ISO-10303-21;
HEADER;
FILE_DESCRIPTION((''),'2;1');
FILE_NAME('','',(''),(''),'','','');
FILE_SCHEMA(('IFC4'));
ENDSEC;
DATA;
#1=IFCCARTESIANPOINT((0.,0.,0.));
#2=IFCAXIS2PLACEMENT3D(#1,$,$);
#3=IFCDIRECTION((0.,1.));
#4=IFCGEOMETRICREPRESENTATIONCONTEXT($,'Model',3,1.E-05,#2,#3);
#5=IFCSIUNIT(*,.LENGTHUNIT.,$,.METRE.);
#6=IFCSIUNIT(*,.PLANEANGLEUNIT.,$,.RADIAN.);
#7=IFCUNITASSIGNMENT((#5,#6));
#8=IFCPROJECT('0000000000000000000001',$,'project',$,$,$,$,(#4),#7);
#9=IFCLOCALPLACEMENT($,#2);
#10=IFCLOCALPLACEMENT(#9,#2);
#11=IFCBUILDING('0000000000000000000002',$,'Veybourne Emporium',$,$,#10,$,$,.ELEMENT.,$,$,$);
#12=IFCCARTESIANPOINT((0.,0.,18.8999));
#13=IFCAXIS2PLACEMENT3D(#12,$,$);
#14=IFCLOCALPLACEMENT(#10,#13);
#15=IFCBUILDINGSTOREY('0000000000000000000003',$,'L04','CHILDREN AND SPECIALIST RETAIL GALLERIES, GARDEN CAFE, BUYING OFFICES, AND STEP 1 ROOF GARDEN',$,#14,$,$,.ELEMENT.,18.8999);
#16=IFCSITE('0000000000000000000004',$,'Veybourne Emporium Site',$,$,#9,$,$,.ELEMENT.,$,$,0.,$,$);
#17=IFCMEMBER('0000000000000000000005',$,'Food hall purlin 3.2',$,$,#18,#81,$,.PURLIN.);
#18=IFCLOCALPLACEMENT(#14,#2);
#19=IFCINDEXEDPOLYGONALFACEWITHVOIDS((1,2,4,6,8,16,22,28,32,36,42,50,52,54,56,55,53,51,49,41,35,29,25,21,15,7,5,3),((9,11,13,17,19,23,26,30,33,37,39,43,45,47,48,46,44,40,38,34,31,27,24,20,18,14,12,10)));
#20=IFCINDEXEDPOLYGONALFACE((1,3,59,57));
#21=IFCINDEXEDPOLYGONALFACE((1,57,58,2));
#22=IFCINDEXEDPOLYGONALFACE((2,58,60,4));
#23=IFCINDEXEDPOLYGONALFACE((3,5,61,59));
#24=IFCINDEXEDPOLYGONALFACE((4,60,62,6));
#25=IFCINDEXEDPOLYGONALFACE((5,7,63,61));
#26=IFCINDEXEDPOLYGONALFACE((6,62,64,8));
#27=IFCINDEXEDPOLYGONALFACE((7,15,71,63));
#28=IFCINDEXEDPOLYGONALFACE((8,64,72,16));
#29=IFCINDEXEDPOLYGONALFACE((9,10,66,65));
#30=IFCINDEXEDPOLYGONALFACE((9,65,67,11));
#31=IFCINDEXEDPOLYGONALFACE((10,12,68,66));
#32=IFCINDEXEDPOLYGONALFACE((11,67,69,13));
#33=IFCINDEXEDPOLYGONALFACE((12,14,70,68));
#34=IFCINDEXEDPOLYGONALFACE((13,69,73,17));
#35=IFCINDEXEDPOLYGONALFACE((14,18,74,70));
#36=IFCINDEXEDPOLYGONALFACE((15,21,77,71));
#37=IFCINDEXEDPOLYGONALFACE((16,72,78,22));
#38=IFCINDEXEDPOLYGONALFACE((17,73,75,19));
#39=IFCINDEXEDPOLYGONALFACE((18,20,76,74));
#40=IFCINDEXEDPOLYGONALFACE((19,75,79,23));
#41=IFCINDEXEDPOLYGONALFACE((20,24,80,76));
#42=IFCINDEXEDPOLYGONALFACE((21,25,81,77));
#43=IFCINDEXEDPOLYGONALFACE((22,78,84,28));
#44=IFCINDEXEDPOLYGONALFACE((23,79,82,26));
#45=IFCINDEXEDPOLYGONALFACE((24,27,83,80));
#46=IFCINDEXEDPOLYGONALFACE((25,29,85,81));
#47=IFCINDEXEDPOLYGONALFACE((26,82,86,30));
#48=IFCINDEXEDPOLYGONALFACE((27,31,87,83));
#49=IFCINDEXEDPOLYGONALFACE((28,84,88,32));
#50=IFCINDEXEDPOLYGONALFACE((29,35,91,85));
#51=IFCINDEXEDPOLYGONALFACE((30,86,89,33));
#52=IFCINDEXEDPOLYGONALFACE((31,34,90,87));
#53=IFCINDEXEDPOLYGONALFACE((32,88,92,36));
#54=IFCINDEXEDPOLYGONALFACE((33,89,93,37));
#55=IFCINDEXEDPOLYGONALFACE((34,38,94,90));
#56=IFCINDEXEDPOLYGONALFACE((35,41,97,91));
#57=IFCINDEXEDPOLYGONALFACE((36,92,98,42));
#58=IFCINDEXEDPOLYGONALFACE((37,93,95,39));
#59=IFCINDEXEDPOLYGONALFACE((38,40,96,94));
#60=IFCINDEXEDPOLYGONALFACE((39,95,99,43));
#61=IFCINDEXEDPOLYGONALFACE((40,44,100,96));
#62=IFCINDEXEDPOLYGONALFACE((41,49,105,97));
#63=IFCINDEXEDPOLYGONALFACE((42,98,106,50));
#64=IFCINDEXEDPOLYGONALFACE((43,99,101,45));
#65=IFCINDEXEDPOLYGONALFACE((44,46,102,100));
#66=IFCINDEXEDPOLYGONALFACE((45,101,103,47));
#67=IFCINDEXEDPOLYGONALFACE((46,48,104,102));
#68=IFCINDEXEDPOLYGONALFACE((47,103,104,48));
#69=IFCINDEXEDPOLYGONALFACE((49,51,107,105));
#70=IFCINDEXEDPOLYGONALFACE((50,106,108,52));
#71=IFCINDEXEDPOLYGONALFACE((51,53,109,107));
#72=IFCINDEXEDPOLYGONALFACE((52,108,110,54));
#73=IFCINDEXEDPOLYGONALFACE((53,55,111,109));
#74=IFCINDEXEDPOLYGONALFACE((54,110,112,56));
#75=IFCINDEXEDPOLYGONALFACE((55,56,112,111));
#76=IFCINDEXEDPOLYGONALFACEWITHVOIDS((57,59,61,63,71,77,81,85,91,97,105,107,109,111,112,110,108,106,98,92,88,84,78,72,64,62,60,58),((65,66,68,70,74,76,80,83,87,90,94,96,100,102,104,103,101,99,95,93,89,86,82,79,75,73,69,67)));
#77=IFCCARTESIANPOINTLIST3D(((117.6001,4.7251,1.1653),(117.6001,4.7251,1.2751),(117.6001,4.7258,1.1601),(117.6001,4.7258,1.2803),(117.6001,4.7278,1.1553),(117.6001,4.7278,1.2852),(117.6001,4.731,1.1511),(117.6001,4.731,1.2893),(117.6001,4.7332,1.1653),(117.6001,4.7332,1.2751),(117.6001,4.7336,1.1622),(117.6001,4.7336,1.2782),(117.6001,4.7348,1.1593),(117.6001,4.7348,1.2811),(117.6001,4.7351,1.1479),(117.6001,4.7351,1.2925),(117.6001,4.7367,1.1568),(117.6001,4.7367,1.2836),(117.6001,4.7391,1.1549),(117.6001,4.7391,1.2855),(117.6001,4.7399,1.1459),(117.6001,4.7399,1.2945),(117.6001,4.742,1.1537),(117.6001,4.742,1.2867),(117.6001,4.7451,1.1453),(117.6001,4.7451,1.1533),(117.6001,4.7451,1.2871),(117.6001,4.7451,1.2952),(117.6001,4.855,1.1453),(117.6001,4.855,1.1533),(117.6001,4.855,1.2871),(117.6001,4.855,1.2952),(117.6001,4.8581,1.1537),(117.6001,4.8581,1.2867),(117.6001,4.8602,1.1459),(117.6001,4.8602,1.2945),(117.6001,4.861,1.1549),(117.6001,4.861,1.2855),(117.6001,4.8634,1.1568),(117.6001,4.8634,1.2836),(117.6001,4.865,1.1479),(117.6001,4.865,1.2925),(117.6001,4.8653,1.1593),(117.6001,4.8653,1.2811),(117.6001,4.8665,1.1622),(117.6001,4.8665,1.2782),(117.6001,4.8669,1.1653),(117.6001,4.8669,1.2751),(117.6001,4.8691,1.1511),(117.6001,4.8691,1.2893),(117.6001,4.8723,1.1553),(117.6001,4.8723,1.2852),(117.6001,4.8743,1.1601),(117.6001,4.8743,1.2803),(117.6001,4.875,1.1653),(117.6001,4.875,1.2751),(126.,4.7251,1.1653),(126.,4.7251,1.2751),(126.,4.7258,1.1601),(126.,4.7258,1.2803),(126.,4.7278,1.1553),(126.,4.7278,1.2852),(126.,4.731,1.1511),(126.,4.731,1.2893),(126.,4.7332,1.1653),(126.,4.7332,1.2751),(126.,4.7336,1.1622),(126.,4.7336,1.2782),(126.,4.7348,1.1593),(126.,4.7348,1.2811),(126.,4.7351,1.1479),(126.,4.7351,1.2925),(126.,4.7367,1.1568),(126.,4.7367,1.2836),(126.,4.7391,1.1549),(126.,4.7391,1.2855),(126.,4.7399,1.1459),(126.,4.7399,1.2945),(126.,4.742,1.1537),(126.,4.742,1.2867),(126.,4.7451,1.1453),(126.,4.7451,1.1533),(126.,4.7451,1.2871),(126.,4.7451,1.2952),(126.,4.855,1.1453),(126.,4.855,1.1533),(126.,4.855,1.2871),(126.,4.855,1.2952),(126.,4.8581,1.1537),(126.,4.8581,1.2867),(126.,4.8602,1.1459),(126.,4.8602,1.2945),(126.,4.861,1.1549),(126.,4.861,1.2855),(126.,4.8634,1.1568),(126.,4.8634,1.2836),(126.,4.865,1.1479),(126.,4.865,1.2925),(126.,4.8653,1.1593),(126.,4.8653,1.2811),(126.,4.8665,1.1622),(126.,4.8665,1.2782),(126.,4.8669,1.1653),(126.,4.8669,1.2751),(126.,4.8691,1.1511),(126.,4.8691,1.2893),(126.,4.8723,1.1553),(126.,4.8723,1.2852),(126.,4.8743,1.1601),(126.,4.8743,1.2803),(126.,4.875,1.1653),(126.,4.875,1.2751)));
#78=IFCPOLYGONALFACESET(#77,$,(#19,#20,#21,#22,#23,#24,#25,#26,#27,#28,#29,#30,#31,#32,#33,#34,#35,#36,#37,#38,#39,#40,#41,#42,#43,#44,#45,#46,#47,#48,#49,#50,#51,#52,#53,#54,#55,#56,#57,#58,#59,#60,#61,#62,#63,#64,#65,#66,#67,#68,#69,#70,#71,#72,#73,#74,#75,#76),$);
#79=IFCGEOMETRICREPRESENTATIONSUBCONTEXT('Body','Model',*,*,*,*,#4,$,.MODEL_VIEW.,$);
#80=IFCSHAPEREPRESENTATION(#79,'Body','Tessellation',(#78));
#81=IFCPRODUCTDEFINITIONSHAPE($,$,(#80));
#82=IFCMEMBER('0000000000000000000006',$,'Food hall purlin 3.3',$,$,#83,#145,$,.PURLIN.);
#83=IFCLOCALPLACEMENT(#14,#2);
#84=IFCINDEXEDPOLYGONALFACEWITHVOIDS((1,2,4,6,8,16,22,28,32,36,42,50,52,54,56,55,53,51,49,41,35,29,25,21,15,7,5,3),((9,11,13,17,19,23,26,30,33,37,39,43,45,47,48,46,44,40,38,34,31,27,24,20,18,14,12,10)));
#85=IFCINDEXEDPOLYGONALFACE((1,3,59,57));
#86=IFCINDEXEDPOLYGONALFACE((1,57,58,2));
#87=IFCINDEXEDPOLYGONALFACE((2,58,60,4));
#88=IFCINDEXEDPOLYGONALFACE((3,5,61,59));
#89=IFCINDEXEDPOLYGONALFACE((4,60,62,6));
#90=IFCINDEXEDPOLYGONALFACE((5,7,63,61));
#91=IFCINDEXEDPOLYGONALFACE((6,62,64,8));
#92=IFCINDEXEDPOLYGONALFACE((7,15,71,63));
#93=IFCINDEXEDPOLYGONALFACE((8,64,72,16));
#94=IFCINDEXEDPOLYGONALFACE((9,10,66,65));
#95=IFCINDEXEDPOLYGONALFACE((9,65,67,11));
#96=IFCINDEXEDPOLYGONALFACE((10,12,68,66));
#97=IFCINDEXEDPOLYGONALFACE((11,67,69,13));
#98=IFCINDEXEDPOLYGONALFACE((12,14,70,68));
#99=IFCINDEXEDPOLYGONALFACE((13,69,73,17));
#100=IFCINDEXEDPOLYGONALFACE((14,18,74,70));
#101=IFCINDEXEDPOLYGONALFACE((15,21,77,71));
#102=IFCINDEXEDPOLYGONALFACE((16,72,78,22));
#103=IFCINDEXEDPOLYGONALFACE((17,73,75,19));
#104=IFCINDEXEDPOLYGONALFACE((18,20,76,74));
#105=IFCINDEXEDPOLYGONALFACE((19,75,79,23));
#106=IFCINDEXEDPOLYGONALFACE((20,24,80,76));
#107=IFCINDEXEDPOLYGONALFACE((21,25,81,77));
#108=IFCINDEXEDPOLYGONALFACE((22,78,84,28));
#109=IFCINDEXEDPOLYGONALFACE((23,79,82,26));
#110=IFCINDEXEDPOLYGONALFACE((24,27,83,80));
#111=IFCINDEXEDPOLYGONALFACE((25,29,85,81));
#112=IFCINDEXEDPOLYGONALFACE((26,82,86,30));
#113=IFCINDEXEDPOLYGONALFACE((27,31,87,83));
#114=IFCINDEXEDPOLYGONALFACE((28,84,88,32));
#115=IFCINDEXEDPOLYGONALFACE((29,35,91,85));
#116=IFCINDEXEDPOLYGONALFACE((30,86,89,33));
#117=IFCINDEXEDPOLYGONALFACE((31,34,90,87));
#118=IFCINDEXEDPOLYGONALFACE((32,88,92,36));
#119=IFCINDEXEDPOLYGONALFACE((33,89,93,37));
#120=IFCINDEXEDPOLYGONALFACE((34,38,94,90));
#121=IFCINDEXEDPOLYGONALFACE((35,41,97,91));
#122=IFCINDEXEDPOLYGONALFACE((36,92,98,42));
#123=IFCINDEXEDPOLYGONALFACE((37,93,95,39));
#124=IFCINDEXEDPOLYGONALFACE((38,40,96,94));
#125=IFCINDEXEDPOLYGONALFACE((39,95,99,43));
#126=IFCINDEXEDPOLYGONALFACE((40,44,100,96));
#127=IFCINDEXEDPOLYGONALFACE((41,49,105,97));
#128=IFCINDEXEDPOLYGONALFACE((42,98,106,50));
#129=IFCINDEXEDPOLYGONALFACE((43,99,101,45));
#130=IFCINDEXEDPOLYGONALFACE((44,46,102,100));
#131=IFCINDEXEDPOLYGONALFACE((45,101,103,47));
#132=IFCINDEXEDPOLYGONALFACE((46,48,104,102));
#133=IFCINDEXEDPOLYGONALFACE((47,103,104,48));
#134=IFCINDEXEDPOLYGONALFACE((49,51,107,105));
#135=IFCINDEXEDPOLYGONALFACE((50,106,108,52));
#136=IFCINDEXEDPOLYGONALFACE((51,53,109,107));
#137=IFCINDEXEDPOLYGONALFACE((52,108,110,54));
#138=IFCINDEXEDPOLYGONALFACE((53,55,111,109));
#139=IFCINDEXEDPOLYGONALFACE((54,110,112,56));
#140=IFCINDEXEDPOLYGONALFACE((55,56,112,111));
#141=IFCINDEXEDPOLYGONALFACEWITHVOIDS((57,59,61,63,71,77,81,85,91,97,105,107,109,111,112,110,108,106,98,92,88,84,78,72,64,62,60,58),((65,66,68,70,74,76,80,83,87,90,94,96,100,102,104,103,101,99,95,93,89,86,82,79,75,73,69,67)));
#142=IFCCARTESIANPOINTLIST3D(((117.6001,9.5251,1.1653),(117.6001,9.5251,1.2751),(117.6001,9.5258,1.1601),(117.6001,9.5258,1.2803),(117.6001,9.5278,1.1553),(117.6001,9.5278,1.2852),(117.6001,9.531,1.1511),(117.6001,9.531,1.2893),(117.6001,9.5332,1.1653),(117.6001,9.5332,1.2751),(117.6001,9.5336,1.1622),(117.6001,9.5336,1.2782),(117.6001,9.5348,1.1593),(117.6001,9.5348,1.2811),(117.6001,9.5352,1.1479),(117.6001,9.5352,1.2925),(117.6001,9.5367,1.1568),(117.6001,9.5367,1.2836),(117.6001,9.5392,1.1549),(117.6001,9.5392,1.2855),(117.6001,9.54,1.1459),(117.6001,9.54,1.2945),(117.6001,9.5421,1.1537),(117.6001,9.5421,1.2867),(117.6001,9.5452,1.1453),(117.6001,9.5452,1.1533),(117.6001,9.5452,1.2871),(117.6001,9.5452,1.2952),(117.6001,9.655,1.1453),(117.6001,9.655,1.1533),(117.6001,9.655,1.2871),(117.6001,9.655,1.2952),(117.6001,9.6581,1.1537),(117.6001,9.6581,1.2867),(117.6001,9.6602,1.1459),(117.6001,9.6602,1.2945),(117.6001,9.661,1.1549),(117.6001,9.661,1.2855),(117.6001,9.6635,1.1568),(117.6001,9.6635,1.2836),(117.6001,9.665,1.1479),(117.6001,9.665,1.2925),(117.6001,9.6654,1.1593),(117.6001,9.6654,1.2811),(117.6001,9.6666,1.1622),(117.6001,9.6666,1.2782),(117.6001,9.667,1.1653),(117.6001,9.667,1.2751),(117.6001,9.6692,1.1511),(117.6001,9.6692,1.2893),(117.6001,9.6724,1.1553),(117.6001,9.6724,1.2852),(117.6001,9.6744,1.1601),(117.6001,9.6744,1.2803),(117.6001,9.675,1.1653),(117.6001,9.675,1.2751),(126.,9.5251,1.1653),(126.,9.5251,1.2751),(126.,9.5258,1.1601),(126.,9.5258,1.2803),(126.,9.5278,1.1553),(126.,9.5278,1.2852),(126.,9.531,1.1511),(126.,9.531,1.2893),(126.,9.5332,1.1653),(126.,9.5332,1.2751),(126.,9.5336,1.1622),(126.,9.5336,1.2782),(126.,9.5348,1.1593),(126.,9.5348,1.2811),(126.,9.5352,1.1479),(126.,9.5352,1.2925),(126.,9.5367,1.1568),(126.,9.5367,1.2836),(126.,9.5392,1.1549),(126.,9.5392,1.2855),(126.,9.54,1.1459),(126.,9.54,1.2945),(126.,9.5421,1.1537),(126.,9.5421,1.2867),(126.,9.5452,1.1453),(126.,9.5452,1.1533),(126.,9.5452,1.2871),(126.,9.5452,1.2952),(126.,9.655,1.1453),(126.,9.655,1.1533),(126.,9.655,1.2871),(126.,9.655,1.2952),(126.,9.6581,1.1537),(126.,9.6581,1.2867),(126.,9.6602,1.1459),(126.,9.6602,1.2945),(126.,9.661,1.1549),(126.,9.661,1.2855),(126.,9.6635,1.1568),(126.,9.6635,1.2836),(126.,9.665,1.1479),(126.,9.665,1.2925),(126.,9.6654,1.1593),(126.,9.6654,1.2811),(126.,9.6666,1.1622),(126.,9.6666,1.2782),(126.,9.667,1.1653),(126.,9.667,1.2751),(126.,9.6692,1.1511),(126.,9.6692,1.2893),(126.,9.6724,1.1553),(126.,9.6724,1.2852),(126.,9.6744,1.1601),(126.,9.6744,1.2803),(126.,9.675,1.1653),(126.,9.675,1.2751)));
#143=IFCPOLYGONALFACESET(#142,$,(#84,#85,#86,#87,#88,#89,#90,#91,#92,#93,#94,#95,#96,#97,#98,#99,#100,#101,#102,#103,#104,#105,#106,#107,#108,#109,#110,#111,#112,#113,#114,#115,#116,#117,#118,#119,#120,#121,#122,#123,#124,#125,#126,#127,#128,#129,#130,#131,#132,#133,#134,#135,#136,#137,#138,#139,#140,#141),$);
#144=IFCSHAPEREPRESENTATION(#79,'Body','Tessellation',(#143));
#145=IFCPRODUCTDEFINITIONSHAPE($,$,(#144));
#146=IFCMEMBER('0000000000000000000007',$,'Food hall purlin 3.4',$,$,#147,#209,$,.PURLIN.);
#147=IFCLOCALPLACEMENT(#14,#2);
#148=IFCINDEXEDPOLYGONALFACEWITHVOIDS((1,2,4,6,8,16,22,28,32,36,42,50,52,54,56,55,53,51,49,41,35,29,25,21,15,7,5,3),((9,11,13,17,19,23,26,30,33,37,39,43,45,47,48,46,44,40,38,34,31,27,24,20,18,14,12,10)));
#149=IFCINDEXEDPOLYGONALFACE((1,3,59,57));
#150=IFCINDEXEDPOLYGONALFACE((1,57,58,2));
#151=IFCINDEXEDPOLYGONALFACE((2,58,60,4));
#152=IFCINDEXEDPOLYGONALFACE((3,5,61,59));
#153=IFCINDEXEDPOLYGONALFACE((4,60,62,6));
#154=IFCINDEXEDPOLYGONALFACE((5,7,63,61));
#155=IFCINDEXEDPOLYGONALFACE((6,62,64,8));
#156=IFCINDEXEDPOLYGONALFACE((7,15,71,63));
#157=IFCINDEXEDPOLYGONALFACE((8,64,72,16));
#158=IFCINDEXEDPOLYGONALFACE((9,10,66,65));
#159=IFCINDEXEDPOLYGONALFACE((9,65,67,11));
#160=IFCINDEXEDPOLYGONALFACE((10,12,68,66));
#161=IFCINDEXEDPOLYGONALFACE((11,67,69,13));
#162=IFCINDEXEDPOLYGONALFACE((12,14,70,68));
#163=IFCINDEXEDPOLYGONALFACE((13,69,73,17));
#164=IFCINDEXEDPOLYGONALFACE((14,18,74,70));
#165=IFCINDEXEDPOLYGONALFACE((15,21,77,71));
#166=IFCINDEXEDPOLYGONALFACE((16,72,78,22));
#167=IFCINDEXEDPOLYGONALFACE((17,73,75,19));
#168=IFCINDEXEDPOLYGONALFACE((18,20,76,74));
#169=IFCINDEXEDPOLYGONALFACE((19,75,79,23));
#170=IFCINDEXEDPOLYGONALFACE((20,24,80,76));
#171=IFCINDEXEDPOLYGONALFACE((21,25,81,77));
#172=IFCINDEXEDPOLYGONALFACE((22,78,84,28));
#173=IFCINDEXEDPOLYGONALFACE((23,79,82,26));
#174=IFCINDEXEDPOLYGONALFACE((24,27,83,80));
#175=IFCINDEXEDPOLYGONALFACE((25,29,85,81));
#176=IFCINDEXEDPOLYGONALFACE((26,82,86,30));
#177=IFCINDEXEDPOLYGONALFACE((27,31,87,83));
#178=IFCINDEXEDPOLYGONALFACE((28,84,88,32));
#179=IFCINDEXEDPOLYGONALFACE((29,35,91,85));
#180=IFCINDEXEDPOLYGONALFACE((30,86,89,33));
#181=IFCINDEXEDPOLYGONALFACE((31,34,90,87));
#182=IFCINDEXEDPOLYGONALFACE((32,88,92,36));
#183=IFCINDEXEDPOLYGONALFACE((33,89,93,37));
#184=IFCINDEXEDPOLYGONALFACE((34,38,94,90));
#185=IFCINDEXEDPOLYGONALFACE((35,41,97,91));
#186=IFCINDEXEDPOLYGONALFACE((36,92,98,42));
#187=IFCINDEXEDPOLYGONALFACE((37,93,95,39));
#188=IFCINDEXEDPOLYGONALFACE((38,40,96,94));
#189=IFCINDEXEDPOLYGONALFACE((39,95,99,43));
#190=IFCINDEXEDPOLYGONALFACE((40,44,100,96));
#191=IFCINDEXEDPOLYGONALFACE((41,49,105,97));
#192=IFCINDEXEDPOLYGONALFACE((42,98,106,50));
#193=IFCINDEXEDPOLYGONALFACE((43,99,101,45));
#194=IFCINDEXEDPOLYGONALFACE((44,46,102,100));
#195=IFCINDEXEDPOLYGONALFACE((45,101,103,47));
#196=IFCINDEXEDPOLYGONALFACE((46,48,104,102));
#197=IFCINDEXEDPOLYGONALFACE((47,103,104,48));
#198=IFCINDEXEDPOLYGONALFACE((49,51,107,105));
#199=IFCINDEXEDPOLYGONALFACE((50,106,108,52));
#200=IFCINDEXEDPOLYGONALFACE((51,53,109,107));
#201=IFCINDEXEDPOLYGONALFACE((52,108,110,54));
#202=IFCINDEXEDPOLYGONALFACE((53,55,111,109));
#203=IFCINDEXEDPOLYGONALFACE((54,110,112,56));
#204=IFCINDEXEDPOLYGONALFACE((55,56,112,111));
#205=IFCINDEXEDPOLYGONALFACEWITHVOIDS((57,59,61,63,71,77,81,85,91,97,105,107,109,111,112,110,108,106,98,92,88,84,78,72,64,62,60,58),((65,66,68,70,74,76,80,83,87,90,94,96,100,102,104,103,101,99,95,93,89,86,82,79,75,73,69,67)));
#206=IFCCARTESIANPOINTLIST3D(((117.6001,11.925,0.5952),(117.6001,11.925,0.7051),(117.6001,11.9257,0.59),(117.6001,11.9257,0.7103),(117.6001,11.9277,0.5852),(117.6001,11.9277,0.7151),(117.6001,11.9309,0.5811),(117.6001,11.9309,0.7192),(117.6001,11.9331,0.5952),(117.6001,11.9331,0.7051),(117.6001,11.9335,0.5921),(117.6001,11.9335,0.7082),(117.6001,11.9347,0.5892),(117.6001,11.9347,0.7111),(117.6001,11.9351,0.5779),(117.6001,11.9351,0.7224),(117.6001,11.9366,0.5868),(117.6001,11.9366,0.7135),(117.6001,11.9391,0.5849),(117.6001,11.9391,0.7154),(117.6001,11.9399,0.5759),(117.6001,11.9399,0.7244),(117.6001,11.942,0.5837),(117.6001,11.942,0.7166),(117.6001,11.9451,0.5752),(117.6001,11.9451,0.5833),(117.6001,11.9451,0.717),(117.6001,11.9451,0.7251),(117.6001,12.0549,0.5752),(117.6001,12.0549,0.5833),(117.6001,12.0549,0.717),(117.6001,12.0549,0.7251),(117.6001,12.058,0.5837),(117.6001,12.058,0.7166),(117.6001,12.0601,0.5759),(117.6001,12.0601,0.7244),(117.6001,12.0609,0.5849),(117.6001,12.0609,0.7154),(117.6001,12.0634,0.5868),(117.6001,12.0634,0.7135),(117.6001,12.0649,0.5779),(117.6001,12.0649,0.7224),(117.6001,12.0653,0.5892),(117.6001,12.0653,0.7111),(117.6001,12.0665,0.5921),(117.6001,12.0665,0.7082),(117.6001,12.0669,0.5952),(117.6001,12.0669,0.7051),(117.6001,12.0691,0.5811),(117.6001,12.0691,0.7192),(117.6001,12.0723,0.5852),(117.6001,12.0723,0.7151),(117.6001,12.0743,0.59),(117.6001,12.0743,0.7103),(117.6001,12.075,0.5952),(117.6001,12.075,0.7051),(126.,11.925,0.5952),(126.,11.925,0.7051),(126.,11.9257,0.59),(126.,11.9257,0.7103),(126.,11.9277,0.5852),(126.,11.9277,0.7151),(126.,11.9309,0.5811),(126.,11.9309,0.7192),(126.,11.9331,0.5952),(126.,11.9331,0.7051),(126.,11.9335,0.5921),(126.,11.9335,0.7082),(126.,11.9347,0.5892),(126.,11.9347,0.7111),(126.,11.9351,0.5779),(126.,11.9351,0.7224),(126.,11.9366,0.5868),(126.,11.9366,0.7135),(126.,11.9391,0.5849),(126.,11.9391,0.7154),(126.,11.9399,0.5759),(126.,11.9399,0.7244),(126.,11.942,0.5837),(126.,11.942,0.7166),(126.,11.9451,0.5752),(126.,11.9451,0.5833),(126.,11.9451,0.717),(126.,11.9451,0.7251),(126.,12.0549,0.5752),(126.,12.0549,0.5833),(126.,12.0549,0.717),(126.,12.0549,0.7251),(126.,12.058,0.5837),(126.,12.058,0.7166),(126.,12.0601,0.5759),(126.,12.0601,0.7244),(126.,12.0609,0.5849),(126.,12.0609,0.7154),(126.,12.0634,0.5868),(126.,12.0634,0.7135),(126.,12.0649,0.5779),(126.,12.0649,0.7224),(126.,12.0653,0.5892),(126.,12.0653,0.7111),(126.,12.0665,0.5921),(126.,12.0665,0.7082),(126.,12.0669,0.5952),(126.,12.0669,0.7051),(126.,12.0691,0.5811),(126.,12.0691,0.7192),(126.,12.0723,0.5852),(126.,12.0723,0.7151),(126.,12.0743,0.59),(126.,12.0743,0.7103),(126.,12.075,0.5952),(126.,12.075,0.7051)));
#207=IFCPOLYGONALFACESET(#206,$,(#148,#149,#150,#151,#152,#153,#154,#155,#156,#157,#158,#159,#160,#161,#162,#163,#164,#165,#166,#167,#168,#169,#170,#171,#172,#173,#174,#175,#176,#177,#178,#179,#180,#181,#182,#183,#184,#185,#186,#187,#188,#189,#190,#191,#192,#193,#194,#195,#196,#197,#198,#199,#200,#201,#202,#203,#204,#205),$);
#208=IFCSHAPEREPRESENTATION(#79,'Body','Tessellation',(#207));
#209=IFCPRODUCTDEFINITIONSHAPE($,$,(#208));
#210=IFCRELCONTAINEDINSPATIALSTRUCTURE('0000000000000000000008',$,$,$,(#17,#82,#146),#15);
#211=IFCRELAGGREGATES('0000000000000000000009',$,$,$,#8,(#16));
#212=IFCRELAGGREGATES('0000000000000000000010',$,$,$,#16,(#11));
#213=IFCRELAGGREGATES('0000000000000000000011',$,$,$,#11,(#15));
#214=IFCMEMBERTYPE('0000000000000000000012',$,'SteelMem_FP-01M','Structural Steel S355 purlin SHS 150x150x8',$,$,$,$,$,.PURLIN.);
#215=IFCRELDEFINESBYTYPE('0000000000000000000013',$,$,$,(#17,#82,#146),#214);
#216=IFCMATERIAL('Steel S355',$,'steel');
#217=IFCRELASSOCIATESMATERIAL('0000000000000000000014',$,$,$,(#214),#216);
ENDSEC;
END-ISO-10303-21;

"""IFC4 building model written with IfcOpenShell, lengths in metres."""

from ifc_helpers import new_model, si_unit, direction, frame, origin, origin_2d, place, context, subcontext, project, spatial, hollow_rectangle, extrude, material, material_profile, profile_set, type_object, element, save


model = new_model("IFC4")

# Units and contexts
model_context = context("Model", 3, precision=1e-05, world=origin(), true_north=direction((0.0, 1.0)))
body_context = subcontext(model_context, "Body", "Model", "MODEL_VIEW")
ifc_project = project(units=[si_unit("LENGTHUNIT", "METRE"), si_unit("PLANEANGLEUNIT", "RADIAN")], contexts=[model_context])

# Site, building, storey
site_placement = place(None, origin())
site = spatial("IfcSite", under=ifc_project, at=site_placement, Name="Veybourne Emporium Site", CompositionType="ELEMENT", RefElevation=0.0)
building_placement = place(site_placement, origin())
building = spatial("IfcBuilding", under=site, at=building_placement, Name="Veybourne Emporium", CompositionType="ELEMENT")
storey_placement = place(building_placement, frame((0.0, 0.0, 18.8999)))
storey = spatial("IfcBuildingStorey", under=building, at=storey_placement, Name="L04", Description="CHILDREN AND SPECIALIST RETAIL GALLERIES, GARDEN CAFE, BUYING OFFICES, AND STEP 1 ROOF GARDEN", CompositionType="ELEMENT", Elevation=18.8999)

# Shared definitions
ifc_material_1 = material(Name="Steel S355", Category="steel")

# Members
ifc_material_profile_1 = material_profile(ifc_material_1, hollow_rectangle(XDim=0.1499, YDim=0.1499, WallThickness=0.0081, InnerFilletRadius=0.012, OuterFilletRadius=0.02, at=origin_2d()), Name="SHS 150x150x8")
ifc_profile_set_1 = profile_set([ifc_material_profile_1], Name="Steel S355")
member_type_1 = type_object("IfcMemberType", Name="SteelMem_FP-01M", Description="Structural Steel S355 purlin SHS 150x150x8", PredefinedType="PURLIN", material=ifc_profile_set_1)
for number, where, z_axis, x_axis, name in (
    (1, (117.6001, 4.8, 1.2202), (1.0, 0.0, 0.0), (0.0, 1.0, 0.0), "Food hall purlin 3.2"),
    (2, (117.6001, 9.6001, 1.2202), (1.0, 0.0, 0.0), (0.0, 1.0, 0.0), "Food hall purlin 3.3"),
    (3, (117.6001, 12.0, 0.6501), (1.0, 0.0, 0.0), (0.0, 1.0, 0.0), "Food hall purlin 3.4"),
):
    element("IfcMember", number, at=place(storey_placement, frame(where, z_axis=z_axis, x_axis=x_axis)), inside=storey, type_object=member_type_1, Name=name, PredefinedType="PURLIN", context=body_context, shape_type="SweptSolid", body=[
        extrude(hollow_rectangle(XDim=0.1499, YDim=0.1499, WallThickness=0.0081, InnerFilletRadius=0.012, OuterFilletRadius=0.02, at=origin_2d()), origin(), (0.0, 0.0, 1.0), 8.3999),
    ])

save(model, "model.ifc")
